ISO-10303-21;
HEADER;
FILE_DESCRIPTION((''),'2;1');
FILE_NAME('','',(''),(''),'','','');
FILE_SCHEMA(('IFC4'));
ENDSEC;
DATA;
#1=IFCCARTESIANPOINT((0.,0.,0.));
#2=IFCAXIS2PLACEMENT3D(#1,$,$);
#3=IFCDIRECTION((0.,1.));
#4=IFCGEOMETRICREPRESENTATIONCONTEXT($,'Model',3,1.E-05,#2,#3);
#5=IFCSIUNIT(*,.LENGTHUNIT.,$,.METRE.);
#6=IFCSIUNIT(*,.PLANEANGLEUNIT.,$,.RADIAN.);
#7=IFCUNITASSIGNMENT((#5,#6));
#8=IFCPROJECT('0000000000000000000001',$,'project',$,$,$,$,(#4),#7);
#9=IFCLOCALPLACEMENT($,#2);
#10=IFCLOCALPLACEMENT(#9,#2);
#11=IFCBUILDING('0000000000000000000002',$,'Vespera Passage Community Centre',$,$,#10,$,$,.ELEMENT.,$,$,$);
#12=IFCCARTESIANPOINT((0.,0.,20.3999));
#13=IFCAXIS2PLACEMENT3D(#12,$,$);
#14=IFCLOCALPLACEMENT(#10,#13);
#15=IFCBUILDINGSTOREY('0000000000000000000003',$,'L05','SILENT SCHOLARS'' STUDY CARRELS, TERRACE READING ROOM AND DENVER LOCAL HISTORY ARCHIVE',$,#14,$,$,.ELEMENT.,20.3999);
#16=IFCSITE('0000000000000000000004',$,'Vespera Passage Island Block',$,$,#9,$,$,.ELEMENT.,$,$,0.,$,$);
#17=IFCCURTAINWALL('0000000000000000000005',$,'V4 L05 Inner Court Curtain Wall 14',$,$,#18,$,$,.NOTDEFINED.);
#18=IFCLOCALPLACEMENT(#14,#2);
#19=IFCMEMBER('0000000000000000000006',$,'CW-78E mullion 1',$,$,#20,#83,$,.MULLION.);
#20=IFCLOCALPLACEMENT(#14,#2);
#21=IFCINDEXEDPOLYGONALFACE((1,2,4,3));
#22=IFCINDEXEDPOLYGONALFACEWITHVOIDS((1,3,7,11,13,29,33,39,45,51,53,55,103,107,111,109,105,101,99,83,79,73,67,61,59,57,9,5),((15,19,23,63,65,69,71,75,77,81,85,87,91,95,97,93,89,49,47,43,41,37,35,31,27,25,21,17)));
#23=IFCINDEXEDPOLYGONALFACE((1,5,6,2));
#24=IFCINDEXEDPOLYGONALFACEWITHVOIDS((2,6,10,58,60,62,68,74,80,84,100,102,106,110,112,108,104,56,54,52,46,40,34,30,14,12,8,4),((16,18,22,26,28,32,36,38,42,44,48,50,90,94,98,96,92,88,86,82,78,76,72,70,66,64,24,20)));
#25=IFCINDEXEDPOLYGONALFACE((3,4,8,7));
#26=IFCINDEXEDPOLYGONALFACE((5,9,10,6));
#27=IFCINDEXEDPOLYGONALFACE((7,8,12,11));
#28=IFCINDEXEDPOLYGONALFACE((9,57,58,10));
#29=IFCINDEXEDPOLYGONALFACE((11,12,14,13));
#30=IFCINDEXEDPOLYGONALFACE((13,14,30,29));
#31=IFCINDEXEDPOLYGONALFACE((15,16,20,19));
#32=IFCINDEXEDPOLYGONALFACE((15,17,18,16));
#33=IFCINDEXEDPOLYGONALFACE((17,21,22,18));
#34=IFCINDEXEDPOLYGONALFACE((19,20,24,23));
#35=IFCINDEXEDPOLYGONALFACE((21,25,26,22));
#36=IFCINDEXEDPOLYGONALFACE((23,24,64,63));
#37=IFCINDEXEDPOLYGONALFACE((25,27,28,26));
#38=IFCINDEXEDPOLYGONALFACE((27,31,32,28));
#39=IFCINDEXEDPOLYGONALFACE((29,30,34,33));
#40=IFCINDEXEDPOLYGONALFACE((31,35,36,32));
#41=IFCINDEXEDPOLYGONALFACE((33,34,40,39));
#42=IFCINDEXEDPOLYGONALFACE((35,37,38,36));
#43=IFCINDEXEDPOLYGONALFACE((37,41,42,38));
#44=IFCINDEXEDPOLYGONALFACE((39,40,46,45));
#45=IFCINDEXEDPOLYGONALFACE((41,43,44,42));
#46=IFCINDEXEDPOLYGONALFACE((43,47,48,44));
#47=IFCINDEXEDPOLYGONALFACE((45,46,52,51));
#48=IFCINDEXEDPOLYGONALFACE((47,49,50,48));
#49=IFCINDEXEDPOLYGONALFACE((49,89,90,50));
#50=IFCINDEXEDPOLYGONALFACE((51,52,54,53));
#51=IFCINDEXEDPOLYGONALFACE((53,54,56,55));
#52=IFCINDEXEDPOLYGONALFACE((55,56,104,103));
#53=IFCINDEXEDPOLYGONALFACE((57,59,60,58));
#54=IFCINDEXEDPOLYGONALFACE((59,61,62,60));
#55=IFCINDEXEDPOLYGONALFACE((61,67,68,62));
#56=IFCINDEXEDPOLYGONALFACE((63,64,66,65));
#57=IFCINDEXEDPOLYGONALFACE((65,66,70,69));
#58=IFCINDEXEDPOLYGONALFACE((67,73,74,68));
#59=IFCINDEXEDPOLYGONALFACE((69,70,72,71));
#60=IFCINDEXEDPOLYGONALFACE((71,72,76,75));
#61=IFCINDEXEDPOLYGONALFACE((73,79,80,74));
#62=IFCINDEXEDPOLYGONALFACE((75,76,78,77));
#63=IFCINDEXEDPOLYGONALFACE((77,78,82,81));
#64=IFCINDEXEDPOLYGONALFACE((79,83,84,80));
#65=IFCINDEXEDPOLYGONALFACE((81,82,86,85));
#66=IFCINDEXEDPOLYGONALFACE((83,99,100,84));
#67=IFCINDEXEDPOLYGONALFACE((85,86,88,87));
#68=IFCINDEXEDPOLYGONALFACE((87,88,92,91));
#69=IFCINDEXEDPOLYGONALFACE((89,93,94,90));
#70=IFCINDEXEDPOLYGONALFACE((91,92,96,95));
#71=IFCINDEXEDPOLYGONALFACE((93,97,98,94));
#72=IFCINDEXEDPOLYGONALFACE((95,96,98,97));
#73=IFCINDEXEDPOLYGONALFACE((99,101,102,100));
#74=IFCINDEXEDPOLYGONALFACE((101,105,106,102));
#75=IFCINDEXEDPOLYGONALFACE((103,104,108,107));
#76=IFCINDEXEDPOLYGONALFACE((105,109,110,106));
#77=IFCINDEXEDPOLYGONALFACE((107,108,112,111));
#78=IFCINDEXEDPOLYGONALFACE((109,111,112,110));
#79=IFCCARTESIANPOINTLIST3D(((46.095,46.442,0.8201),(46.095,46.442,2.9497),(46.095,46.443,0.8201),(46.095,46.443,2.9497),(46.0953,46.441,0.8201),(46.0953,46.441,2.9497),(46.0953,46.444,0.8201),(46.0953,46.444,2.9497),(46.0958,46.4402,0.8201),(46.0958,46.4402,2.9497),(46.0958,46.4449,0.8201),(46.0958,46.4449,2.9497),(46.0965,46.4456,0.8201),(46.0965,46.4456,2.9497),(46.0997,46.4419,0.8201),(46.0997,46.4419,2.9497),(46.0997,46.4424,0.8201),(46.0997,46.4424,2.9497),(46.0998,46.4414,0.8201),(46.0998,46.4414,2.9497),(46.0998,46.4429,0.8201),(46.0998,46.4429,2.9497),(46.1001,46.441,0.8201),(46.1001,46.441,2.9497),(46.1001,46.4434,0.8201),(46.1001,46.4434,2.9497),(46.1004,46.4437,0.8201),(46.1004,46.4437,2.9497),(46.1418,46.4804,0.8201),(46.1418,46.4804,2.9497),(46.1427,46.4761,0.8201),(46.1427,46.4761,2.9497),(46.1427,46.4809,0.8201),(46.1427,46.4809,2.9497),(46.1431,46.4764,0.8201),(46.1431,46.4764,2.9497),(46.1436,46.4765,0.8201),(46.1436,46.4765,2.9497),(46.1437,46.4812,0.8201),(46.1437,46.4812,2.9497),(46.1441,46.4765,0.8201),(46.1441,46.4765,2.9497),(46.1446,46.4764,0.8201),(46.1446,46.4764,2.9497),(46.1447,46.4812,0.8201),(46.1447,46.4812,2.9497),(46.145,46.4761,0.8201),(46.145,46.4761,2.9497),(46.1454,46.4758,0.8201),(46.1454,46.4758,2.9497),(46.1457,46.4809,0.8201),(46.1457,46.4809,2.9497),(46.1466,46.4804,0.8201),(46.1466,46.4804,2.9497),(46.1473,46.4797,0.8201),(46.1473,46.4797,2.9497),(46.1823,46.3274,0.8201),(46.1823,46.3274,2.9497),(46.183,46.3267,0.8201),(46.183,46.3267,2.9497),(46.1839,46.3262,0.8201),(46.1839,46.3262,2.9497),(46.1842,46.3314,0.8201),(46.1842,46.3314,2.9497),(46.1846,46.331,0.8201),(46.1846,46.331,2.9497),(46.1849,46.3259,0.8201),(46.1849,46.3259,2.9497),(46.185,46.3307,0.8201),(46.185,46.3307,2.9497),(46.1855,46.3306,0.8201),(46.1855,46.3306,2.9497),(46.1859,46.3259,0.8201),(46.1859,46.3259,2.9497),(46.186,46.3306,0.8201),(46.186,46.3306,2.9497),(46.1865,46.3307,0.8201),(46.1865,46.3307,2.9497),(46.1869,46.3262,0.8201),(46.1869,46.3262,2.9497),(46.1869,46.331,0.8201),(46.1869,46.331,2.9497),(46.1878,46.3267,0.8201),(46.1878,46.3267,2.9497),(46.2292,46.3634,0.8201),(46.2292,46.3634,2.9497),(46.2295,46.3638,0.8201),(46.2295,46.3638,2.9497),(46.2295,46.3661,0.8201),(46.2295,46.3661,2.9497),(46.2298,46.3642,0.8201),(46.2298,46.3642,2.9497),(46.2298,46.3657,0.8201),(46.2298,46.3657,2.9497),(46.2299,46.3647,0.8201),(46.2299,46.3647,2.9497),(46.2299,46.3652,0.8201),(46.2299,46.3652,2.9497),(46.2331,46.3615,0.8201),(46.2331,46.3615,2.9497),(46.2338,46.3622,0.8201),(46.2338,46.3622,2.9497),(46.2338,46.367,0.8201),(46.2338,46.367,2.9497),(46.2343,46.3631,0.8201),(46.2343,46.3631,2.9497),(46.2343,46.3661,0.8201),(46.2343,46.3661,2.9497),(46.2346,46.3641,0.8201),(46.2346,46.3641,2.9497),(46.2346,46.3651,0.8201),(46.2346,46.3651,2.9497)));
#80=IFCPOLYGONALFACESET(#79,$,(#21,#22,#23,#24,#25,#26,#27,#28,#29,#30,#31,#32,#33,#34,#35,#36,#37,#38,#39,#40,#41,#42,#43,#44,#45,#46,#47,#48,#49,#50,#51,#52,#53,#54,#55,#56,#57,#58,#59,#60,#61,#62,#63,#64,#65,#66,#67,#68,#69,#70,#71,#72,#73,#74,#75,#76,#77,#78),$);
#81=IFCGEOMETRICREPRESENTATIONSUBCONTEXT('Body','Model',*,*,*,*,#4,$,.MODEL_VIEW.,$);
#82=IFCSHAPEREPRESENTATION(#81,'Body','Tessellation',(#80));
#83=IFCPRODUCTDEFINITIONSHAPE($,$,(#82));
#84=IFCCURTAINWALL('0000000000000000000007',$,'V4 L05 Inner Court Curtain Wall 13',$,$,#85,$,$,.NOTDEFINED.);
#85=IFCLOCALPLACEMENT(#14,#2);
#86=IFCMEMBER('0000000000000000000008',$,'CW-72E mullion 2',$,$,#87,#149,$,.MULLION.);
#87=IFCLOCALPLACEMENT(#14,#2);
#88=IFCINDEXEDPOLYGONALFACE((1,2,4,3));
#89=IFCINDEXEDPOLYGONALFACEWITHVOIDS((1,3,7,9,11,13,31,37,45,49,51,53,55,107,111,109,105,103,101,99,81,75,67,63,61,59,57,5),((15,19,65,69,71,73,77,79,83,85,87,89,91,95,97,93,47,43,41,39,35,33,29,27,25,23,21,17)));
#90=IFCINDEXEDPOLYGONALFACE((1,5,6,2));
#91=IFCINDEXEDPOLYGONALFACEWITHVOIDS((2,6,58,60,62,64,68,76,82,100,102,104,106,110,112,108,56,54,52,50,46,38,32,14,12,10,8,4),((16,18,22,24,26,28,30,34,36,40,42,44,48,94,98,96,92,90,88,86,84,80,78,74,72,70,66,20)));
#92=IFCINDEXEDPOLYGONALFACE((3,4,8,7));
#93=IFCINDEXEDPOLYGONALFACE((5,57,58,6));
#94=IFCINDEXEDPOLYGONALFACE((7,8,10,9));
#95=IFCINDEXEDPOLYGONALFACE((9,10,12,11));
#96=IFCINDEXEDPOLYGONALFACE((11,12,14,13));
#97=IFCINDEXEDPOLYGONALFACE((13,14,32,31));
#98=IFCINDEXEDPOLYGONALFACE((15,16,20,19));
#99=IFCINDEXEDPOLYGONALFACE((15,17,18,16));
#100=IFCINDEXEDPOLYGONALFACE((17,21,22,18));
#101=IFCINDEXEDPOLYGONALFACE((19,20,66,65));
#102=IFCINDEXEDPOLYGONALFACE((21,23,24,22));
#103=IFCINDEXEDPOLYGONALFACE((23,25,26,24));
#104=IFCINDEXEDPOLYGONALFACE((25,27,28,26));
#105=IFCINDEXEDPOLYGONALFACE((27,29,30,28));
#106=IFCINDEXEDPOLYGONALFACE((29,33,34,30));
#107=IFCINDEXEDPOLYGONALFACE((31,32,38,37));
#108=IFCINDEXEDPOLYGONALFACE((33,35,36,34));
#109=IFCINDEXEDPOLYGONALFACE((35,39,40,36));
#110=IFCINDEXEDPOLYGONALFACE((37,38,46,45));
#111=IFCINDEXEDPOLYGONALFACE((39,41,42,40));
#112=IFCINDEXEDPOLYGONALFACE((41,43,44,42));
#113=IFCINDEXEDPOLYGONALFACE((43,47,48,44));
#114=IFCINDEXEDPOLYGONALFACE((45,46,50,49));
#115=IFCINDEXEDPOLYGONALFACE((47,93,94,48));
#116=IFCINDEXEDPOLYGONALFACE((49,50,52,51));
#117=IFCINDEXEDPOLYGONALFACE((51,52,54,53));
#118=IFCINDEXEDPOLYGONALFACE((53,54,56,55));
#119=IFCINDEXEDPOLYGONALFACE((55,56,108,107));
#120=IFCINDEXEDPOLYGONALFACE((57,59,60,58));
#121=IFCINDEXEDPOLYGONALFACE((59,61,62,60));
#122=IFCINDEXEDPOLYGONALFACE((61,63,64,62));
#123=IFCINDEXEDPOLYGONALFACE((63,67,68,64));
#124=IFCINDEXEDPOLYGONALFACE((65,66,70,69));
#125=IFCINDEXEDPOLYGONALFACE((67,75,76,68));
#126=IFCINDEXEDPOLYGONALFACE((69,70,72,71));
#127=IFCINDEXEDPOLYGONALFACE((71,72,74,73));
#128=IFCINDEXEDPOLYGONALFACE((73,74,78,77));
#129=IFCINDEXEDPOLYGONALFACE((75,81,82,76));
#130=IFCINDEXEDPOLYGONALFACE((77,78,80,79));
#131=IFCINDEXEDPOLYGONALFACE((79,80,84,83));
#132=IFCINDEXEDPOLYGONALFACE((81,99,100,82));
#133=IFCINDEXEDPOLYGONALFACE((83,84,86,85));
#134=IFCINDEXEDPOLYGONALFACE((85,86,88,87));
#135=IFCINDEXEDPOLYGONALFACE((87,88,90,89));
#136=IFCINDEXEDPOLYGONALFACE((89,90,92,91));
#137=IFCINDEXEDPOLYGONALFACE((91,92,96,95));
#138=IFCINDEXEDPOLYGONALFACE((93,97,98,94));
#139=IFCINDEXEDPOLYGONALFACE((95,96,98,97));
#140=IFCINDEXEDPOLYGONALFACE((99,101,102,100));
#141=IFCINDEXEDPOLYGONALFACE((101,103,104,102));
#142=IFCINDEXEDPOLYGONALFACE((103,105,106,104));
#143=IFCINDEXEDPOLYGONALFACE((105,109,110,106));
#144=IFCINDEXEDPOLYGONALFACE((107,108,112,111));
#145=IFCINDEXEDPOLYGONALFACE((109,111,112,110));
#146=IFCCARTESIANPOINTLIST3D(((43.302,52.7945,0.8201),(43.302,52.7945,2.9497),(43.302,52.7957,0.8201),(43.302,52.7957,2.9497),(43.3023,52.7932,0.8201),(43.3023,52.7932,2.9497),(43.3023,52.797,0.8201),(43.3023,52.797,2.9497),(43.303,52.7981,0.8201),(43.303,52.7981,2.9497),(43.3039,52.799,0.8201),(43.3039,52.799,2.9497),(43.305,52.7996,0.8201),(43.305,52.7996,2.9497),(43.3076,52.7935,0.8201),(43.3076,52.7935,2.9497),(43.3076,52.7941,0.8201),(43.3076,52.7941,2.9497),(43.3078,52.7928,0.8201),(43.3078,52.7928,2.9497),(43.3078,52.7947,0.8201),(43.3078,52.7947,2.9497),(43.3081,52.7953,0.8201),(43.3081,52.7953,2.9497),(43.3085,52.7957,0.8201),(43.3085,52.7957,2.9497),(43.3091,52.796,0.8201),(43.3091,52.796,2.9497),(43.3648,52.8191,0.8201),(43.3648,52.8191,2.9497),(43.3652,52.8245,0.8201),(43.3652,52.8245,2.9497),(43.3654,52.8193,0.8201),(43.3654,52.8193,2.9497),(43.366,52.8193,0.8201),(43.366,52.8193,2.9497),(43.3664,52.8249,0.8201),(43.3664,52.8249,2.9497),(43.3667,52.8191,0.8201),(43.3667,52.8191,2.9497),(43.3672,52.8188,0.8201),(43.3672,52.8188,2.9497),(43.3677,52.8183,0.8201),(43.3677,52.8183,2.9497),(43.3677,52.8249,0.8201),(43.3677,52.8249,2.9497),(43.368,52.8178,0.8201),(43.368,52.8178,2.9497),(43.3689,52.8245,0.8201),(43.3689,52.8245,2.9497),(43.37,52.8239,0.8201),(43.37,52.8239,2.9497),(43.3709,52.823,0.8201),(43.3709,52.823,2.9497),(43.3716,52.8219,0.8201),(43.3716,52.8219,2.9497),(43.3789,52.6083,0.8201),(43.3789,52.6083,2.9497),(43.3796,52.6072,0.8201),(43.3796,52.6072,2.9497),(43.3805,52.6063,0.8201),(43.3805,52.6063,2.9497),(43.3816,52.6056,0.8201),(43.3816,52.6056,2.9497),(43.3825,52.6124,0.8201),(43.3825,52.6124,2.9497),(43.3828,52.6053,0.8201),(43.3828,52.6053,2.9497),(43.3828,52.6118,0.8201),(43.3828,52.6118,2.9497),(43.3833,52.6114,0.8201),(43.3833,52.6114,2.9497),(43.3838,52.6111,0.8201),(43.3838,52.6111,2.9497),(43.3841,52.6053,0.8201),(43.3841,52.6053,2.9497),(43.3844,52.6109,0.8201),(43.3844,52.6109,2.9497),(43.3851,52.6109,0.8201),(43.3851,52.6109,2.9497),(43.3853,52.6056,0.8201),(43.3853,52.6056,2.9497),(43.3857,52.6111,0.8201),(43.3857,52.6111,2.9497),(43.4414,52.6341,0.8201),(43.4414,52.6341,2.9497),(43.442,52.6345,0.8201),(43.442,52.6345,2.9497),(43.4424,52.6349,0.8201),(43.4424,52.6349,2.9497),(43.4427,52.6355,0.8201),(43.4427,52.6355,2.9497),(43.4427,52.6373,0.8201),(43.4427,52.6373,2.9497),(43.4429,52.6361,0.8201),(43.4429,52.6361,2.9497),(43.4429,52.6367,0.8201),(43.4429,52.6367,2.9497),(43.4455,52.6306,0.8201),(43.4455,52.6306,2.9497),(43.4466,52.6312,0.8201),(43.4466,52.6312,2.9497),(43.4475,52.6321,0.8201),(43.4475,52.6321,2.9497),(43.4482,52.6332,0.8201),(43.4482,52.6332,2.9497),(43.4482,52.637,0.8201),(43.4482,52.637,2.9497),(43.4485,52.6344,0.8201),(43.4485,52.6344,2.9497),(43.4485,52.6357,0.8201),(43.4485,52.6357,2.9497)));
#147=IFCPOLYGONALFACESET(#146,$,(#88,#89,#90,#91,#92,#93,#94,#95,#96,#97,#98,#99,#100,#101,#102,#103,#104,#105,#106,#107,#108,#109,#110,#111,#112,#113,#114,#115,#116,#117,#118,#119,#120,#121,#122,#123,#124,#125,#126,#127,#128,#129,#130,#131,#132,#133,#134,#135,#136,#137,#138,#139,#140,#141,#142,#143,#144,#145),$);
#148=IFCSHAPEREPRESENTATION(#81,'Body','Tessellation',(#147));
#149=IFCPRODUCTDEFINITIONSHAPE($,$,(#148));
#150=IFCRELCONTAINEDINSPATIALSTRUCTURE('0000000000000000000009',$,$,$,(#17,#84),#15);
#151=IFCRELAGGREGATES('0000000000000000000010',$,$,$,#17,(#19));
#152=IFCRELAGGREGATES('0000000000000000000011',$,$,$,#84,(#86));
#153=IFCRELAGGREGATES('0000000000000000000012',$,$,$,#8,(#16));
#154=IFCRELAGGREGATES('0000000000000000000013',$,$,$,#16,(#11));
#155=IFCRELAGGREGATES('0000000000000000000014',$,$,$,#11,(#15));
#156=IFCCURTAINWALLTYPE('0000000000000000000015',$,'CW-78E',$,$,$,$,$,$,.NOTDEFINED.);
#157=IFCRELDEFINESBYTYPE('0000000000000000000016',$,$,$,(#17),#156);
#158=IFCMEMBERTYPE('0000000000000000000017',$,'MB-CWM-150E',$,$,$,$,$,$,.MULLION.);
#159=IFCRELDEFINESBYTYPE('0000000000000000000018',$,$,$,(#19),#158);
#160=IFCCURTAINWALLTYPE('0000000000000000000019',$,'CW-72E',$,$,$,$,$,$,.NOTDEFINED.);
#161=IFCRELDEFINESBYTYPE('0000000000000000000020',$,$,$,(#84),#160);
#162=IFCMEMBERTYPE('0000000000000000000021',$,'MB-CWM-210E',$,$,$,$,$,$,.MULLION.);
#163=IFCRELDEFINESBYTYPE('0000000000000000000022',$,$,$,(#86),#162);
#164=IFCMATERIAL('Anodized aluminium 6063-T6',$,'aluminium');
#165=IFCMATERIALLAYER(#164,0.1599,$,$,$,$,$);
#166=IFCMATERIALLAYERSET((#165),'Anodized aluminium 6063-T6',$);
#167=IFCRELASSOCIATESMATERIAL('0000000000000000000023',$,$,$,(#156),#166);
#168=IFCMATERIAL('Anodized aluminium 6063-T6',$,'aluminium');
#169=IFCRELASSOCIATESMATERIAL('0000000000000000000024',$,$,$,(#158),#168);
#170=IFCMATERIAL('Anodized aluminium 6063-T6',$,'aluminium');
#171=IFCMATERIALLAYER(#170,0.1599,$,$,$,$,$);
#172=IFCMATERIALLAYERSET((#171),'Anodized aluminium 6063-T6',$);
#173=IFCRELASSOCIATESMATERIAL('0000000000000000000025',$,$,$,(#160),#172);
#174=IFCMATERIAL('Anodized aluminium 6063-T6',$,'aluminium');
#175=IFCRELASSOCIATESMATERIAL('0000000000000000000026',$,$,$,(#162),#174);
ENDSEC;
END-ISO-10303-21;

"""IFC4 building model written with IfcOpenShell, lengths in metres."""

from ifc_helpers import new_model, si_unit, direction, frame, origin, origin_2d, place, context, subcontext, project, spatial, hollow_rectangle, extrude, material, layer, layer_set, material_profile, profile_set, type_object, element, aggregate, save


model = new_model("IFC4")

# Units and contexts
model_context = context("Model", 3, precision=1e-05, world=origin(), true_north=direction((0.0, 1.0)))
body_context = subcontext(model_context, "Body", "Model", "MODEL_VIEW")
ifc_project = project(units=[si_unit("LENGTHUNIT", "METRE"), si_unit("PLANEANGLEUNIT", "RADIAN")], contexts=[model_context])

# Site, building, storey
site_placement = place(None, origin())
site = spatial("IfcSite", under=ifc_project, at=site_placement, Name="Vespera Passage Island Block", CompositionType="ELEMENT", RefElevation=0.0)
building_placement = place(site_placement, origin())
building = spatial("IfcBuilding", under=site, at=building_placement, Name="Vespera Passage Community Centre", CompositionType="ELEMENT")
storey_placement = place(building_placement, frame((0.0, 0.0, 20.3999)))
storey = spatial("IfcBuildingStorey", under=building, at=storey_placement, Name="L05", Description="SILENT SCHOLARS' STUDY CARRELS, TERRACE READING ROOM AND DENVER LOCAL HISTORY ARCHIVE", CompositionType="ELEMENT", Elevation=20.3999)

# Curtain wall, member
ifc_material_1 = material(Name="Anodized aluminium 6063-T6", Category="aluminium")
ifc_layer_1 = layer(ifc_material_1, 0.1599)
ifc_layer_set_1 = layer_set([ifc_layer_1], Name="Anodized aluminium 6063-T6")
curtain_wall_type_1 = type_object("IfcCurtainWallType", Name="CW-78E", PredefinedType="NOTDEFINED", material=ifc_layer_set_1)
curtain_wall_1_placement = place(storey_placement, origin())
curtain_wall_1 = element("IfcCurtainWall", 1, at=curtain_wall_1_placement, inside=storey, type_object=curtain_wall_type_1, Name="V4 L05 Inner Court Curtain Wall 14", PredefinedType="NOTDEFINED")
ifc_material_2 = material(Name="Anodized aluminium 6063-T6", Category="aluminium")
ifc_material_profile_1 = material_profile(ifc_material_2, hollow_rectangle(XDim=0.0649, YDim=0.1499, WallThickness=0.0039, InnerFilletRadius=0.002, OuterFilletRadius=0.0039, at=origin_2d()), Name="ALU150X65X4")
ifc_profile_set_1 = profile_set([ifc_material_profile_1], Name="Anodized aluminium 6063-T6")
member_type_1 = type_object("IfcMemberType", Name="MB-CWM-150E", PredefinedType="MULLION", material=ifc_profile_set_1)
member_1_placement = place(storey_placement, frame((46.1648, 46.4036, 0.8201), z_axis=(0.0, 0.0, 1.0), x_axis=(0.793358, 0.608755, 0.0)))
member_1 = element("IfcMember", 2, at=member_1_placement, type_object=member_type_1, Name="CW-78E mullion 1", PredefinedType="MULLION", context=body_context, shape_type="SweptSolid", body=[
    extrude(hollow_rectangle(XDim=0.0649, YDim=0.1499, WallThickness=0.0039, InnerFilletRadius=0.002, OuterFilletRadius=0.0039, at=origin_2d()), origin(), (0.0, 0.0, 1.0), 2.1296),
])

# Curtain wall, member
ifc_material_3 = material(Name="Anodized aluminium 6063-T6", Category="aluminium")
ifc_layer_2 = layer(ifc_material_3, 0.1599)
ifc_layer_set_2 = layer_set([ifc_layer_2], Name="Anodized aluminium 6063-T6")
curtain_wall_type_2 = type_object("IfcCurtainWallType", Name="CW-72E", PredefinedType="NOTDEFINED", material=ifc_layer_set_2)
curtain_wall_2_placement = place(storey_placement, origin())
curtain_wall_2 = element("IfcCurtainWall", 3, at=curtain_wall_2_placement, inside=storey, type_object=curtain_wall_type_2, Name="V4 L05 Inner Court Curtain Wall 13", PredefinedType="NOTDEFINED")
ifc_material_4 = material(Name="Anodized aluminium 6063-T6", Category="aluminium")
ifc_material_profile_2 = material_profile(ifc_material_4, hollow_rectangle(XDim=0.075, YDim=0.21, WallThickness=0.0049, InnerFilletRadius=0.0024, OuterFilletRadius=0.0049, at=origin_2d()), Name="ALU210X75X5")
ifc_profile_set_2 = profile_set([ifc_material_profile_2], Name="Anodized aluminium 6063-T6")
member_type_2 = type_object("IfcMemberType", Name="MB-CWM-210E", PredefinedType="MULLION", material=ifc_profile_set_2)
member_2_placement = place(storey_placement, frame((43.3752, 52.7151, 0.8201), z_axis=(0.0, 0.0, 1.0), x_axis=(0.923877, 0.38269, 0.0)))
member_2 = element("IfcMember", 4, at=member_2_placement, type_object=member_type_2, Name="CW-72E mullion 2", PredefinedType="MULLION", context=body_context, shape_type="SweptSolid", body=[
    extrude(hollow_rectangle(XDim=0.075, YDim=0.21, WallThickness=0.0049, InnerFilletRadius=0.0024, OuterFilletRadius=0.0049, at=origin_2d()), origin(), (0.0, 0.0, 1.0), 2.1296),
])

aggregate(curtain_wall_1, [member_1])

aggregate(curtain_wall_2, [member_2])

save(model, "model.ifc")
